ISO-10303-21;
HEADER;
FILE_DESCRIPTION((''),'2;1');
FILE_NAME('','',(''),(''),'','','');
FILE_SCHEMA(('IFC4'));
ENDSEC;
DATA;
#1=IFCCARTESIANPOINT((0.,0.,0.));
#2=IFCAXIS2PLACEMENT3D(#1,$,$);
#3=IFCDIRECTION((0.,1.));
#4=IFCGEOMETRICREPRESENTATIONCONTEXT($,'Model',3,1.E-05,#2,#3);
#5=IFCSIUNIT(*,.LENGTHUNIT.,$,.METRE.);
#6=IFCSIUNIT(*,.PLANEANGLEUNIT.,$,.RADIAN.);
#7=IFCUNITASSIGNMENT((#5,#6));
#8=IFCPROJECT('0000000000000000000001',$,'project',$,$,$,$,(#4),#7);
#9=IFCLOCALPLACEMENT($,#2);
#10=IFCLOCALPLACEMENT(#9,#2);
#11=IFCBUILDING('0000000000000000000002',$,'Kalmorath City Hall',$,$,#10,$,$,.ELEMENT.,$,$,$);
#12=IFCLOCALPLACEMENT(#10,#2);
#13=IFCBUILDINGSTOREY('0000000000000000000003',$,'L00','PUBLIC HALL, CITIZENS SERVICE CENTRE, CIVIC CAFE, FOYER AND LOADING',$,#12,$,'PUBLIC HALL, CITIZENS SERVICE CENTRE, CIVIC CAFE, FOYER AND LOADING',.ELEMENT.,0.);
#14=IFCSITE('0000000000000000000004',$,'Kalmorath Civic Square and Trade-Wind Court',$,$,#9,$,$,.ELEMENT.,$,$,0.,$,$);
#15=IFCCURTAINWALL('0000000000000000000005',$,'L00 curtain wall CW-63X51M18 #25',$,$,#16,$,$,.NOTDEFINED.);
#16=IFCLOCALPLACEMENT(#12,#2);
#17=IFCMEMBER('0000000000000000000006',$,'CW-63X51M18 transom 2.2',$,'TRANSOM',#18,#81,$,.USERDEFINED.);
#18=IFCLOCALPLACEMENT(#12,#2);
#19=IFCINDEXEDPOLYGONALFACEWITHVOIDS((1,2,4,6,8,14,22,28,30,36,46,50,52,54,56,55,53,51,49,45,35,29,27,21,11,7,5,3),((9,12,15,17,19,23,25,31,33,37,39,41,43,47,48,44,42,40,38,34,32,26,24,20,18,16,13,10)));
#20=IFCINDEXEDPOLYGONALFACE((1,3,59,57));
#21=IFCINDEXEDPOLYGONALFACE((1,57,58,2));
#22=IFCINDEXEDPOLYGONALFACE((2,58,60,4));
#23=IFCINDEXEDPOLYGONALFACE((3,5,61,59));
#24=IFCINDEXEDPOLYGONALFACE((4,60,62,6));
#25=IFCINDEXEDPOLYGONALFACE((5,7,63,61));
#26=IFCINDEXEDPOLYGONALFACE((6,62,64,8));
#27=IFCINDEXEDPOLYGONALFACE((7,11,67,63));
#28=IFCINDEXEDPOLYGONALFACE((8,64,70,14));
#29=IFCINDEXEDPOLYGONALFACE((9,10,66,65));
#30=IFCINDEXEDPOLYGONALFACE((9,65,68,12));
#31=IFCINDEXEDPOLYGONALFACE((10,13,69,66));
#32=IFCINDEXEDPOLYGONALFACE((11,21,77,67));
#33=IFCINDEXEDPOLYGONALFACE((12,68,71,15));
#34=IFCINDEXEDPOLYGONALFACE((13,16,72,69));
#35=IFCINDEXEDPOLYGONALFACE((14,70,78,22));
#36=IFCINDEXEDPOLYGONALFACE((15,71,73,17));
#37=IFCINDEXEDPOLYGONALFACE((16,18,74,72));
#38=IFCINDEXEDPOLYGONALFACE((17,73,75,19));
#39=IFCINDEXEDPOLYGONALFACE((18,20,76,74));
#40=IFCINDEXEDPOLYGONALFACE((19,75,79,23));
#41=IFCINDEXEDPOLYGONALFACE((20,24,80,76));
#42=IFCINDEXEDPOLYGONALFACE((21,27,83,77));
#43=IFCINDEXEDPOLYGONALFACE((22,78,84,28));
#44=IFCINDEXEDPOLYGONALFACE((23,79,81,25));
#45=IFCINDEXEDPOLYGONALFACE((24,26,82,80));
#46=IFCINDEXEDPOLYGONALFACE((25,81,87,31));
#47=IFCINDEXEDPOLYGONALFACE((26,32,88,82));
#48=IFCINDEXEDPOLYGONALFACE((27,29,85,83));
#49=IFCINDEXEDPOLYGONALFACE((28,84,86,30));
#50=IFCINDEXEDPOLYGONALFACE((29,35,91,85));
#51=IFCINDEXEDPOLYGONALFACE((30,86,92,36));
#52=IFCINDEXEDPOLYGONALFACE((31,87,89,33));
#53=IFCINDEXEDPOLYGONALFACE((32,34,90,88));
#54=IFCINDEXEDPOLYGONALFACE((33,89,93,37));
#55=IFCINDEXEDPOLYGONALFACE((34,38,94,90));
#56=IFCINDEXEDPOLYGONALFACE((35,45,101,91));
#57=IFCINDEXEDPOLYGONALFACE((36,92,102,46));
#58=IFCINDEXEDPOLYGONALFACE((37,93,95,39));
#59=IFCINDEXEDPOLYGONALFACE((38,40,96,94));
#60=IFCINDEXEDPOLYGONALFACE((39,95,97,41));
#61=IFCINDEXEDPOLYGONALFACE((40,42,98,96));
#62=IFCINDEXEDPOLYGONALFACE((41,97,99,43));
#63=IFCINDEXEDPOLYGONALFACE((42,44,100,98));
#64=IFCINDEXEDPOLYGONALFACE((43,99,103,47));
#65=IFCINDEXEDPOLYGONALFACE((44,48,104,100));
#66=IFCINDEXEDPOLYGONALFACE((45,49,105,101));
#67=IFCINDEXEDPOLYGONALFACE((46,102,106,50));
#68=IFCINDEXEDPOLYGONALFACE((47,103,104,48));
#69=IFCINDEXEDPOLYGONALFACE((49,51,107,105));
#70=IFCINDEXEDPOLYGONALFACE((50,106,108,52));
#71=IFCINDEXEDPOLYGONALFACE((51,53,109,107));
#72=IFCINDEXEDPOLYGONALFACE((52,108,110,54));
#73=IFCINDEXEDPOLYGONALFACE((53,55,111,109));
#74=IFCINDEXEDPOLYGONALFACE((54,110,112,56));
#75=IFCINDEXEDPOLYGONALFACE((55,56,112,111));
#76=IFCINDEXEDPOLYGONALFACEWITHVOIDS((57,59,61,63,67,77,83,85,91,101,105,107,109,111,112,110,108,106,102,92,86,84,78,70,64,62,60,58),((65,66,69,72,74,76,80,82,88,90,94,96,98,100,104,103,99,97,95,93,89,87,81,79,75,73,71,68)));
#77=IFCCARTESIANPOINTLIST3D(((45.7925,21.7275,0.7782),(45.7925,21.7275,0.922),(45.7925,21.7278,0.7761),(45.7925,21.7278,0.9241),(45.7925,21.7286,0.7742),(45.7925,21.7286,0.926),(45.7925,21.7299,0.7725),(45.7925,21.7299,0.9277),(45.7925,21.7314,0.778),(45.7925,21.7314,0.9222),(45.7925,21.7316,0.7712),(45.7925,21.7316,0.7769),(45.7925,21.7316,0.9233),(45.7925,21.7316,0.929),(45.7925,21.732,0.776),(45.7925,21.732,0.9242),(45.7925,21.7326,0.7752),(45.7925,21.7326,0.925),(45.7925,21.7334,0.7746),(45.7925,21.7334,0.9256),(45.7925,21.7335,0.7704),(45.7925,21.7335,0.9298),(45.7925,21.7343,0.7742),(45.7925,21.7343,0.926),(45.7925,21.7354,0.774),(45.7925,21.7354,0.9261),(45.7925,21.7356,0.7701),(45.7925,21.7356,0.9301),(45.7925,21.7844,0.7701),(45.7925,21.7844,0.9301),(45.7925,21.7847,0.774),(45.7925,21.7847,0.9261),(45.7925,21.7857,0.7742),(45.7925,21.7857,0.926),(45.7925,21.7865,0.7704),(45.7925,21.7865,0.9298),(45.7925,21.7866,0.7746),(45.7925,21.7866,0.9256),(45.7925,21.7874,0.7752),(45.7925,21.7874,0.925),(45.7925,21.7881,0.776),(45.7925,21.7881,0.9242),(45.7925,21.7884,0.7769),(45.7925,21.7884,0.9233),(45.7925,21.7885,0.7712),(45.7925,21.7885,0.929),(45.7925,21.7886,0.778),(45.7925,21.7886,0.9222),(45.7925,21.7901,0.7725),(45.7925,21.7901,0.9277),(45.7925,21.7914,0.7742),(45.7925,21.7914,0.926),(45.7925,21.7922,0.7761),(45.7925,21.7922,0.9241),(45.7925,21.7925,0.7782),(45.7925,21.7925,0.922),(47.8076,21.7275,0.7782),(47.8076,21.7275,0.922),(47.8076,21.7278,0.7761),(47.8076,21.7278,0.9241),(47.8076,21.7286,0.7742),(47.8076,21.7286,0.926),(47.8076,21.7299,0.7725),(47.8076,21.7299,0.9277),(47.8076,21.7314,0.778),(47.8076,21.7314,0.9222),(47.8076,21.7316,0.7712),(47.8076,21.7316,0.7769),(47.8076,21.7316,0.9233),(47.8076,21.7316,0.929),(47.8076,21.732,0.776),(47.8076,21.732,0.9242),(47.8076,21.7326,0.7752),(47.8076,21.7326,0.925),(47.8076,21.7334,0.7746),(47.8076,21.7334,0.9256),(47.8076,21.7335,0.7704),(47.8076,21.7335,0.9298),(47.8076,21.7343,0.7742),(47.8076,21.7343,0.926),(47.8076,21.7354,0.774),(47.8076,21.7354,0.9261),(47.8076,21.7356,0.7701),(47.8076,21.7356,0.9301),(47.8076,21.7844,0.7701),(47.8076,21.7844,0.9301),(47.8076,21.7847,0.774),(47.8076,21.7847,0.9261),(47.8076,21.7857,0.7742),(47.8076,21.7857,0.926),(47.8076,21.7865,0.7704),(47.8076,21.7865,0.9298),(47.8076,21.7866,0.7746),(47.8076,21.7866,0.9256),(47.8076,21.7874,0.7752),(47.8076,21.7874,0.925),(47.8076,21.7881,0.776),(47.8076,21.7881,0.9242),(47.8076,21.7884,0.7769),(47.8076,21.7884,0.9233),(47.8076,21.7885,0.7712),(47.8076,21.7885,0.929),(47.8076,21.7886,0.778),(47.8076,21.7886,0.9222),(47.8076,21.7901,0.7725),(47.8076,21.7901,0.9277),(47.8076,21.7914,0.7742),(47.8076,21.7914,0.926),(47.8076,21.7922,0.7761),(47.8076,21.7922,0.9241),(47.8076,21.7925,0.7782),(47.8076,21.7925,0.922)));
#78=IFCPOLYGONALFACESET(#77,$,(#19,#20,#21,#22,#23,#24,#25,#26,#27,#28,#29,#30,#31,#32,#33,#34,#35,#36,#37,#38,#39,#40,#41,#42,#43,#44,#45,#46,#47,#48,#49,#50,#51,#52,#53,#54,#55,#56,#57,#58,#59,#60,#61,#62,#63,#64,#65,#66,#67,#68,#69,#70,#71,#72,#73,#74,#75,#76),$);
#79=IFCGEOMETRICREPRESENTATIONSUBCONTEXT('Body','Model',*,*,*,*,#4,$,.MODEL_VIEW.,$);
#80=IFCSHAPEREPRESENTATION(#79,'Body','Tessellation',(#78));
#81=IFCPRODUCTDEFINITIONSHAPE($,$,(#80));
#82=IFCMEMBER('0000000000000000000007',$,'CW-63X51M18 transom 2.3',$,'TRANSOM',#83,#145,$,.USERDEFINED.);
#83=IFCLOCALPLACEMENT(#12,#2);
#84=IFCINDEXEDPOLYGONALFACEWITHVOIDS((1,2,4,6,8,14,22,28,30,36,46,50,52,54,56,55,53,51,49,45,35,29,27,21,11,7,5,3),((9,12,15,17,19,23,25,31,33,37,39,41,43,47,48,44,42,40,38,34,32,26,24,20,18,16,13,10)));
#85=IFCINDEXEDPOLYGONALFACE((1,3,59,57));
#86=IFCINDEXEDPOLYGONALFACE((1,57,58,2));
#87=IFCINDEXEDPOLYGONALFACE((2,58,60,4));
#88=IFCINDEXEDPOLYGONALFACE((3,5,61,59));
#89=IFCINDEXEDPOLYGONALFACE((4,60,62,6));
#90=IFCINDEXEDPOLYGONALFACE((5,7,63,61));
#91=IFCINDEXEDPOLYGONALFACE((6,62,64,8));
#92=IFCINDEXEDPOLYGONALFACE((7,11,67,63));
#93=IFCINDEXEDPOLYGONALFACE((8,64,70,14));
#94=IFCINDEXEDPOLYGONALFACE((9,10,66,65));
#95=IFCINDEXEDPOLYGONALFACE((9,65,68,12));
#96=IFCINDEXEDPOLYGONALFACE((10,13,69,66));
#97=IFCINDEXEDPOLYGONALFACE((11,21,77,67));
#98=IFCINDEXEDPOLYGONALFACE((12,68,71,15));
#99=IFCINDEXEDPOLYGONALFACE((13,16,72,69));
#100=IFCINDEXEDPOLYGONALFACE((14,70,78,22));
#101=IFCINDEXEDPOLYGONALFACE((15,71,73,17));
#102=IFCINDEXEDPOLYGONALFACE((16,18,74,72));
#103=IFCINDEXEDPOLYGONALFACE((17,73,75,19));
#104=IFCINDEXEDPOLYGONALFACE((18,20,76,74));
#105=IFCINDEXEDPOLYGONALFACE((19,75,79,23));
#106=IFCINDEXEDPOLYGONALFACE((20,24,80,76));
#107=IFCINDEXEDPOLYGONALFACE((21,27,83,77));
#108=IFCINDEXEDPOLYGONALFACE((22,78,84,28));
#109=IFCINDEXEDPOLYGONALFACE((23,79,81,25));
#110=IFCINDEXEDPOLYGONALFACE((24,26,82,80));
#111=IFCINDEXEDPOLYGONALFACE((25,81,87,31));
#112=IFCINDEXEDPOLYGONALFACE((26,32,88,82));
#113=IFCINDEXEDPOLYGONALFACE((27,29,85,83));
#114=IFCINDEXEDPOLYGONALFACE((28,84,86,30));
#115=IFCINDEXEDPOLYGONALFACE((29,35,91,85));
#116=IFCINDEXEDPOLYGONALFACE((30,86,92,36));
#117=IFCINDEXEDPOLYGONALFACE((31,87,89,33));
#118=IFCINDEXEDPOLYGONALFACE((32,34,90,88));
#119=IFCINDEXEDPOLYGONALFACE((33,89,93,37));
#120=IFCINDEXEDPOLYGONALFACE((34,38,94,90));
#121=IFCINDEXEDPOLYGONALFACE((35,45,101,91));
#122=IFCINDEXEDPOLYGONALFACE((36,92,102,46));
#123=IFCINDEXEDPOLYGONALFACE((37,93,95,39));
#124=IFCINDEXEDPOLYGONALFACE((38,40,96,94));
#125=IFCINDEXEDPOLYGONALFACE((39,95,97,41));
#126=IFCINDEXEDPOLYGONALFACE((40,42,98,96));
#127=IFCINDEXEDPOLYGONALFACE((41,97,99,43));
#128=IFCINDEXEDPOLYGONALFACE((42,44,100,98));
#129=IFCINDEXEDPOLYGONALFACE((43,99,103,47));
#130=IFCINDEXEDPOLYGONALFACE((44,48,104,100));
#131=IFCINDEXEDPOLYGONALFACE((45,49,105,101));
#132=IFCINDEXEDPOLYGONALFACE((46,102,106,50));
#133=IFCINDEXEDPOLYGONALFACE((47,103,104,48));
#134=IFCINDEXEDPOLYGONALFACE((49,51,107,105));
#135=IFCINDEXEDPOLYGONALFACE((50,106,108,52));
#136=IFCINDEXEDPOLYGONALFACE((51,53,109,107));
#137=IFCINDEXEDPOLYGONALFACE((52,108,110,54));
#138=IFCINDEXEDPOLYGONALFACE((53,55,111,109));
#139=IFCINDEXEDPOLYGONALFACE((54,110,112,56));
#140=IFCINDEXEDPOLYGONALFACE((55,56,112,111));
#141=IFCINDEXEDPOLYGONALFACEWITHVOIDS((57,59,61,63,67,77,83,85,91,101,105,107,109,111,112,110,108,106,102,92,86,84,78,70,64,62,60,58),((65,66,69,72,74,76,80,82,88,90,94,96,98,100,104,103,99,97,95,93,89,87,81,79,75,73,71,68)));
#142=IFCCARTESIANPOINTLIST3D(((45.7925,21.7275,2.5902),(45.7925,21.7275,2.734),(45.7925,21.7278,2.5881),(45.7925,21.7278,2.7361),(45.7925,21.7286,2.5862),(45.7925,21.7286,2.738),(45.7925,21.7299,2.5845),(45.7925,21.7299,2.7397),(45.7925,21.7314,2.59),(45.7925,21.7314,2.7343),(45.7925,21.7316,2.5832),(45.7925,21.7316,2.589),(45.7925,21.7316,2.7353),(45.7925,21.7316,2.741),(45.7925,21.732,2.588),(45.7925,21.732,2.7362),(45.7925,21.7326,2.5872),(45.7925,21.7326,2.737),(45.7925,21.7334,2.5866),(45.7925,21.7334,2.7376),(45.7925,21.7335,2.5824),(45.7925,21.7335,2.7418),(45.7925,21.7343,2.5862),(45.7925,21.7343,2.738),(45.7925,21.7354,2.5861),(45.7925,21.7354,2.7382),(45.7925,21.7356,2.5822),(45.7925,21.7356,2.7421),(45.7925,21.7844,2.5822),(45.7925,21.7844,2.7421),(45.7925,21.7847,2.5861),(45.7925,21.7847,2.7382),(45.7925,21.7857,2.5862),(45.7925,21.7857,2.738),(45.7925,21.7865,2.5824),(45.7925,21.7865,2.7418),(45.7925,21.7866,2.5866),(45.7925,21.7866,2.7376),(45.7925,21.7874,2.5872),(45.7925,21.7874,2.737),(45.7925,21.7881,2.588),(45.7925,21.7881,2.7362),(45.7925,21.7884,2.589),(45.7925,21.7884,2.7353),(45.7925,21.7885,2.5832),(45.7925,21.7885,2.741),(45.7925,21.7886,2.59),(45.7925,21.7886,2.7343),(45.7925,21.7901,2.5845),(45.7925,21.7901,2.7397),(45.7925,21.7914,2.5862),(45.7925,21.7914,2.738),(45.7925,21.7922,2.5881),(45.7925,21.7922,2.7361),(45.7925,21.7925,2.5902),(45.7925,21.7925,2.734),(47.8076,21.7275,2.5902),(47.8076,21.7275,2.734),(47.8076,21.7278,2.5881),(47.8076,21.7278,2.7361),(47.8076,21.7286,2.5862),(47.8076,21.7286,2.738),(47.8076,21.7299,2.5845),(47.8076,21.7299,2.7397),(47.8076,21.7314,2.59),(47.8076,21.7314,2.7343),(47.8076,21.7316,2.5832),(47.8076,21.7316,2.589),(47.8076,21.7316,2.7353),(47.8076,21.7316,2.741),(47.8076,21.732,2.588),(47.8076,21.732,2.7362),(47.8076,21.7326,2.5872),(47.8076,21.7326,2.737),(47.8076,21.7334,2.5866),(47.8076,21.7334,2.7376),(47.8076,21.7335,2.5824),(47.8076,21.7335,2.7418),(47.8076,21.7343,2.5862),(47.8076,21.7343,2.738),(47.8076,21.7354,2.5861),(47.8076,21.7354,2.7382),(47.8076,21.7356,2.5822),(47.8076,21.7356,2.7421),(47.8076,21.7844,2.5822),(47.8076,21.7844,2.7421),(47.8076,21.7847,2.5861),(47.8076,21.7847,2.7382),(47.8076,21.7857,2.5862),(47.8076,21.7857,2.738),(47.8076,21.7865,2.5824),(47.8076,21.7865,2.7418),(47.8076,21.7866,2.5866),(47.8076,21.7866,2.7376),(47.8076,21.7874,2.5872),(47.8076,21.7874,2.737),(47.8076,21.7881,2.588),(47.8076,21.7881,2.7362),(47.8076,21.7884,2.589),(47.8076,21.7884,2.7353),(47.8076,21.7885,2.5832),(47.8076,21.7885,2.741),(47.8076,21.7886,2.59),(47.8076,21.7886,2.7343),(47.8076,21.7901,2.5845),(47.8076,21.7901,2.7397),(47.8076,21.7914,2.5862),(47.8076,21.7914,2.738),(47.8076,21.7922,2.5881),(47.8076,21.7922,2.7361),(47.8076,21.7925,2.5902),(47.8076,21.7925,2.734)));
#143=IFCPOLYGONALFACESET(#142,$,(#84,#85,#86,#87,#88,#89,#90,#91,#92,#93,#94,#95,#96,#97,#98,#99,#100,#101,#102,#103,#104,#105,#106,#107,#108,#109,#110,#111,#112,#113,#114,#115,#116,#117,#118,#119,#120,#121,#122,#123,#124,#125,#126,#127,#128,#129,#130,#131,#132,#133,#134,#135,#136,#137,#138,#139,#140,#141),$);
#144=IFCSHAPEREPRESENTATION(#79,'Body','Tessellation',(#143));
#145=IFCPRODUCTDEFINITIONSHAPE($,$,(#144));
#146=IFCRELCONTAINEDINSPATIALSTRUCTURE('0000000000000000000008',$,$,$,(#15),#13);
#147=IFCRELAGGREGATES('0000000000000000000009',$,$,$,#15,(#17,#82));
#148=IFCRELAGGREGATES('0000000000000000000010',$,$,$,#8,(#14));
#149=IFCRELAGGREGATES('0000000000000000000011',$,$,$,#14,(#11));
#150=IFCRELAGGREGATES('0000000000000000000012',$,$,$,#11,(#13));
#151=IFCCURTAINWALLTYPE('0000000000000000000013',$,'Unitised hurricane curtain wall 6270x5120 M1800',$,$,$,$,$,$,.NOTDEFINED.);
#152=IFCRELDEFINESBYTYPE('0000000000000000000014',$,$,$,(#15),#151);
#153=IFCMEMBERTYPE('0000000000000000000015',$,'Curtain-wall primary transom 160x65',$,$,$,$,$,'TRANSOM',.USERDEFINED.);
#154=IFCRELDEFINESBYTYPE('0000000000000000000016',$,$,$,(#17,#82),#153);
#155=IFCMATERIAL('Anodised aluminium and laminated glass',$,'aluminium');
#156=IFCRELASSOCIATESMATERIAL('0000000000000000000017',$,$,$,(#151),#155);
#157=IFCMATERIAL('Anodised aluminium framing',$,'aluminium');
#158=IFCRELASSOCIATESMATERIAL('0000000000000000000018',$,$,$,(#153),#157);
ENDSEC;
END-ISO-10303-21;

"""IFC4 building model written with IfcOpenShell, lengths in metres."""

from ifc_helpers import new_model, si_unit, direction, frame, origin, origin_2d, place, context, subcontext, project, spatial, hollow_rectangle, extrude, material, material_profile, profile_set, type_object, element, aggregate, save


model = new_model("IFC4")

# Units and contexts
model_context = context("Model", 3, precision=1e-05, world=origin(), true_north=direction((0.0, 1.0)))
body_context = subcontext(model_context, "Body", "Model", "MODEL_VIEW")
ifc_project = project(units=[si_unit("LENGTHUNIT", "METRE"), si_unit("PLANEANGLEUNIT", "RADIAN")], contexts=[model_context])

# Site, building, storey
site_placement = place(None, origin())
site = spatial("IfcSite", under=ifc_project, at=site_placement, Name="Kalmorath Civic Square and Trade-Wind Court", CompositionType="ELEMENT", RefElevation=0.0)
building_placement = place(site_placement, origin())
building = spatial("IfcBuilding", under=site, at=building_placement, Name="Kalmorath City Hall", CompositionType="ELEMENT")
storey_placement = place(building_placement, origin())
storey = spatial("IfcBuildingStorey", under=building, at=storey_placement, Name="L00", Description="PUBLIC HALL, CITIZENS SERVICE CENTRE, CIVIC CAFE, FOYER AND LOADING", LongName="PUBLIC HALL, CITIZENS SERVICE CENTRE, CIVIC CAFE, FOYER AND LOADING", CompositionType="ELEMENT", Elevation=0.0)

# Curtain wall, members
ifc_material_1 = material(Name="Anodised aluminium and laminated glass", Category="aluminium")
curtain_wall_type = type_object("IfcCurtainWallType", Name="Unitised hurricane curtain wall 6270x5120 M1800", PredefinedType="NOTDEFINED", material=ifc_material_1)
curtain_wall_placement = place(storey_placement, origin())
curtain_wall = element("IfcCurtainWall", 1, at=curtain_wall_placement, inside=storey, type_object=curtain_wall_type, Name="L00 curtain wall CW-63X51M18 #25", PredefinedType="NOTDEFINED")
ifc_material_2 = material(Name="Anodised aluminium framing", Category="aluminium")
ifc_material_profile_1 = material_profile(ifc_material_2, hollow_rectangle(XDim=0.0649, YDim=0.1599, WallThickness=0.0039, InnerFilletRadius=0.0039, OuterFilletRadius=0.0081, at=origin_2d()), Name="ALU-TRN-160X65X4")
ifc_profile_set_1 = profile_set([ifc_material_profile_1], Name="Anodised aluminium framing")
member_type_1 = type_object("IfcMemberType", Name="Curtain-wall primary transom 160x65", ElementType="TRANSOM", PredefinedType="USERDEFINED", material=ifc_profile_set_1)
member_1_placement = place(storey_placement, frame((47.8076, 21.76, 0.8501), z_axis=(-1.0, 0.0, 0.0), x_axis=(0.0, -1.0, 0.0)))
member_1 = element("IfcMember", 2, at=member_1_placement, type_object=member_type_1, Name="CW-63X51M18 transom 2.2", ObjectType="TRANSOM", PredefinedType="USERDEFINED", context=body_context, shape_type="SweptSolid", body=[
    extrude(hollow_rectangle(XDim=0.0649, YDim=0.1599, WallThickness=0.0039, InnerFilletRadius=0.0039, OuterFilletRadius=0.0081, at=origin_2d()), origin(), (0.0, 0.0, 1.0), 2.0151),
])
member_2_placement = place(storey_placement, frame((47.8076, 21.76, 2.6621), z_axis=(-1.0, 0.0, 0.0), x_axis=(0.0, -1.0, 0.0)))
member_2 = element("IfcMember", 3, at=member_2_placement, type_object=member_type_1, Name="CW-63X51M18 transom 2.3", ObjectType="TRANSOM", PredefinedType="USERDEFINED", context=body_context, shape_type="SweptSolid", body=[
    extrude(hollow_rectangle(XDim=0.0649, YDim=0.1599, WallThickness=0.0039, InnerFilletRadius=0.0039, OuterFilletRadius=0.0081, at=origin_2d()), origin(), (0.0, 0.0, 1.0), 2.0151),
])

aggregate(curtain_wall, [member_1, member_2])

save(model, "model.ifc")
